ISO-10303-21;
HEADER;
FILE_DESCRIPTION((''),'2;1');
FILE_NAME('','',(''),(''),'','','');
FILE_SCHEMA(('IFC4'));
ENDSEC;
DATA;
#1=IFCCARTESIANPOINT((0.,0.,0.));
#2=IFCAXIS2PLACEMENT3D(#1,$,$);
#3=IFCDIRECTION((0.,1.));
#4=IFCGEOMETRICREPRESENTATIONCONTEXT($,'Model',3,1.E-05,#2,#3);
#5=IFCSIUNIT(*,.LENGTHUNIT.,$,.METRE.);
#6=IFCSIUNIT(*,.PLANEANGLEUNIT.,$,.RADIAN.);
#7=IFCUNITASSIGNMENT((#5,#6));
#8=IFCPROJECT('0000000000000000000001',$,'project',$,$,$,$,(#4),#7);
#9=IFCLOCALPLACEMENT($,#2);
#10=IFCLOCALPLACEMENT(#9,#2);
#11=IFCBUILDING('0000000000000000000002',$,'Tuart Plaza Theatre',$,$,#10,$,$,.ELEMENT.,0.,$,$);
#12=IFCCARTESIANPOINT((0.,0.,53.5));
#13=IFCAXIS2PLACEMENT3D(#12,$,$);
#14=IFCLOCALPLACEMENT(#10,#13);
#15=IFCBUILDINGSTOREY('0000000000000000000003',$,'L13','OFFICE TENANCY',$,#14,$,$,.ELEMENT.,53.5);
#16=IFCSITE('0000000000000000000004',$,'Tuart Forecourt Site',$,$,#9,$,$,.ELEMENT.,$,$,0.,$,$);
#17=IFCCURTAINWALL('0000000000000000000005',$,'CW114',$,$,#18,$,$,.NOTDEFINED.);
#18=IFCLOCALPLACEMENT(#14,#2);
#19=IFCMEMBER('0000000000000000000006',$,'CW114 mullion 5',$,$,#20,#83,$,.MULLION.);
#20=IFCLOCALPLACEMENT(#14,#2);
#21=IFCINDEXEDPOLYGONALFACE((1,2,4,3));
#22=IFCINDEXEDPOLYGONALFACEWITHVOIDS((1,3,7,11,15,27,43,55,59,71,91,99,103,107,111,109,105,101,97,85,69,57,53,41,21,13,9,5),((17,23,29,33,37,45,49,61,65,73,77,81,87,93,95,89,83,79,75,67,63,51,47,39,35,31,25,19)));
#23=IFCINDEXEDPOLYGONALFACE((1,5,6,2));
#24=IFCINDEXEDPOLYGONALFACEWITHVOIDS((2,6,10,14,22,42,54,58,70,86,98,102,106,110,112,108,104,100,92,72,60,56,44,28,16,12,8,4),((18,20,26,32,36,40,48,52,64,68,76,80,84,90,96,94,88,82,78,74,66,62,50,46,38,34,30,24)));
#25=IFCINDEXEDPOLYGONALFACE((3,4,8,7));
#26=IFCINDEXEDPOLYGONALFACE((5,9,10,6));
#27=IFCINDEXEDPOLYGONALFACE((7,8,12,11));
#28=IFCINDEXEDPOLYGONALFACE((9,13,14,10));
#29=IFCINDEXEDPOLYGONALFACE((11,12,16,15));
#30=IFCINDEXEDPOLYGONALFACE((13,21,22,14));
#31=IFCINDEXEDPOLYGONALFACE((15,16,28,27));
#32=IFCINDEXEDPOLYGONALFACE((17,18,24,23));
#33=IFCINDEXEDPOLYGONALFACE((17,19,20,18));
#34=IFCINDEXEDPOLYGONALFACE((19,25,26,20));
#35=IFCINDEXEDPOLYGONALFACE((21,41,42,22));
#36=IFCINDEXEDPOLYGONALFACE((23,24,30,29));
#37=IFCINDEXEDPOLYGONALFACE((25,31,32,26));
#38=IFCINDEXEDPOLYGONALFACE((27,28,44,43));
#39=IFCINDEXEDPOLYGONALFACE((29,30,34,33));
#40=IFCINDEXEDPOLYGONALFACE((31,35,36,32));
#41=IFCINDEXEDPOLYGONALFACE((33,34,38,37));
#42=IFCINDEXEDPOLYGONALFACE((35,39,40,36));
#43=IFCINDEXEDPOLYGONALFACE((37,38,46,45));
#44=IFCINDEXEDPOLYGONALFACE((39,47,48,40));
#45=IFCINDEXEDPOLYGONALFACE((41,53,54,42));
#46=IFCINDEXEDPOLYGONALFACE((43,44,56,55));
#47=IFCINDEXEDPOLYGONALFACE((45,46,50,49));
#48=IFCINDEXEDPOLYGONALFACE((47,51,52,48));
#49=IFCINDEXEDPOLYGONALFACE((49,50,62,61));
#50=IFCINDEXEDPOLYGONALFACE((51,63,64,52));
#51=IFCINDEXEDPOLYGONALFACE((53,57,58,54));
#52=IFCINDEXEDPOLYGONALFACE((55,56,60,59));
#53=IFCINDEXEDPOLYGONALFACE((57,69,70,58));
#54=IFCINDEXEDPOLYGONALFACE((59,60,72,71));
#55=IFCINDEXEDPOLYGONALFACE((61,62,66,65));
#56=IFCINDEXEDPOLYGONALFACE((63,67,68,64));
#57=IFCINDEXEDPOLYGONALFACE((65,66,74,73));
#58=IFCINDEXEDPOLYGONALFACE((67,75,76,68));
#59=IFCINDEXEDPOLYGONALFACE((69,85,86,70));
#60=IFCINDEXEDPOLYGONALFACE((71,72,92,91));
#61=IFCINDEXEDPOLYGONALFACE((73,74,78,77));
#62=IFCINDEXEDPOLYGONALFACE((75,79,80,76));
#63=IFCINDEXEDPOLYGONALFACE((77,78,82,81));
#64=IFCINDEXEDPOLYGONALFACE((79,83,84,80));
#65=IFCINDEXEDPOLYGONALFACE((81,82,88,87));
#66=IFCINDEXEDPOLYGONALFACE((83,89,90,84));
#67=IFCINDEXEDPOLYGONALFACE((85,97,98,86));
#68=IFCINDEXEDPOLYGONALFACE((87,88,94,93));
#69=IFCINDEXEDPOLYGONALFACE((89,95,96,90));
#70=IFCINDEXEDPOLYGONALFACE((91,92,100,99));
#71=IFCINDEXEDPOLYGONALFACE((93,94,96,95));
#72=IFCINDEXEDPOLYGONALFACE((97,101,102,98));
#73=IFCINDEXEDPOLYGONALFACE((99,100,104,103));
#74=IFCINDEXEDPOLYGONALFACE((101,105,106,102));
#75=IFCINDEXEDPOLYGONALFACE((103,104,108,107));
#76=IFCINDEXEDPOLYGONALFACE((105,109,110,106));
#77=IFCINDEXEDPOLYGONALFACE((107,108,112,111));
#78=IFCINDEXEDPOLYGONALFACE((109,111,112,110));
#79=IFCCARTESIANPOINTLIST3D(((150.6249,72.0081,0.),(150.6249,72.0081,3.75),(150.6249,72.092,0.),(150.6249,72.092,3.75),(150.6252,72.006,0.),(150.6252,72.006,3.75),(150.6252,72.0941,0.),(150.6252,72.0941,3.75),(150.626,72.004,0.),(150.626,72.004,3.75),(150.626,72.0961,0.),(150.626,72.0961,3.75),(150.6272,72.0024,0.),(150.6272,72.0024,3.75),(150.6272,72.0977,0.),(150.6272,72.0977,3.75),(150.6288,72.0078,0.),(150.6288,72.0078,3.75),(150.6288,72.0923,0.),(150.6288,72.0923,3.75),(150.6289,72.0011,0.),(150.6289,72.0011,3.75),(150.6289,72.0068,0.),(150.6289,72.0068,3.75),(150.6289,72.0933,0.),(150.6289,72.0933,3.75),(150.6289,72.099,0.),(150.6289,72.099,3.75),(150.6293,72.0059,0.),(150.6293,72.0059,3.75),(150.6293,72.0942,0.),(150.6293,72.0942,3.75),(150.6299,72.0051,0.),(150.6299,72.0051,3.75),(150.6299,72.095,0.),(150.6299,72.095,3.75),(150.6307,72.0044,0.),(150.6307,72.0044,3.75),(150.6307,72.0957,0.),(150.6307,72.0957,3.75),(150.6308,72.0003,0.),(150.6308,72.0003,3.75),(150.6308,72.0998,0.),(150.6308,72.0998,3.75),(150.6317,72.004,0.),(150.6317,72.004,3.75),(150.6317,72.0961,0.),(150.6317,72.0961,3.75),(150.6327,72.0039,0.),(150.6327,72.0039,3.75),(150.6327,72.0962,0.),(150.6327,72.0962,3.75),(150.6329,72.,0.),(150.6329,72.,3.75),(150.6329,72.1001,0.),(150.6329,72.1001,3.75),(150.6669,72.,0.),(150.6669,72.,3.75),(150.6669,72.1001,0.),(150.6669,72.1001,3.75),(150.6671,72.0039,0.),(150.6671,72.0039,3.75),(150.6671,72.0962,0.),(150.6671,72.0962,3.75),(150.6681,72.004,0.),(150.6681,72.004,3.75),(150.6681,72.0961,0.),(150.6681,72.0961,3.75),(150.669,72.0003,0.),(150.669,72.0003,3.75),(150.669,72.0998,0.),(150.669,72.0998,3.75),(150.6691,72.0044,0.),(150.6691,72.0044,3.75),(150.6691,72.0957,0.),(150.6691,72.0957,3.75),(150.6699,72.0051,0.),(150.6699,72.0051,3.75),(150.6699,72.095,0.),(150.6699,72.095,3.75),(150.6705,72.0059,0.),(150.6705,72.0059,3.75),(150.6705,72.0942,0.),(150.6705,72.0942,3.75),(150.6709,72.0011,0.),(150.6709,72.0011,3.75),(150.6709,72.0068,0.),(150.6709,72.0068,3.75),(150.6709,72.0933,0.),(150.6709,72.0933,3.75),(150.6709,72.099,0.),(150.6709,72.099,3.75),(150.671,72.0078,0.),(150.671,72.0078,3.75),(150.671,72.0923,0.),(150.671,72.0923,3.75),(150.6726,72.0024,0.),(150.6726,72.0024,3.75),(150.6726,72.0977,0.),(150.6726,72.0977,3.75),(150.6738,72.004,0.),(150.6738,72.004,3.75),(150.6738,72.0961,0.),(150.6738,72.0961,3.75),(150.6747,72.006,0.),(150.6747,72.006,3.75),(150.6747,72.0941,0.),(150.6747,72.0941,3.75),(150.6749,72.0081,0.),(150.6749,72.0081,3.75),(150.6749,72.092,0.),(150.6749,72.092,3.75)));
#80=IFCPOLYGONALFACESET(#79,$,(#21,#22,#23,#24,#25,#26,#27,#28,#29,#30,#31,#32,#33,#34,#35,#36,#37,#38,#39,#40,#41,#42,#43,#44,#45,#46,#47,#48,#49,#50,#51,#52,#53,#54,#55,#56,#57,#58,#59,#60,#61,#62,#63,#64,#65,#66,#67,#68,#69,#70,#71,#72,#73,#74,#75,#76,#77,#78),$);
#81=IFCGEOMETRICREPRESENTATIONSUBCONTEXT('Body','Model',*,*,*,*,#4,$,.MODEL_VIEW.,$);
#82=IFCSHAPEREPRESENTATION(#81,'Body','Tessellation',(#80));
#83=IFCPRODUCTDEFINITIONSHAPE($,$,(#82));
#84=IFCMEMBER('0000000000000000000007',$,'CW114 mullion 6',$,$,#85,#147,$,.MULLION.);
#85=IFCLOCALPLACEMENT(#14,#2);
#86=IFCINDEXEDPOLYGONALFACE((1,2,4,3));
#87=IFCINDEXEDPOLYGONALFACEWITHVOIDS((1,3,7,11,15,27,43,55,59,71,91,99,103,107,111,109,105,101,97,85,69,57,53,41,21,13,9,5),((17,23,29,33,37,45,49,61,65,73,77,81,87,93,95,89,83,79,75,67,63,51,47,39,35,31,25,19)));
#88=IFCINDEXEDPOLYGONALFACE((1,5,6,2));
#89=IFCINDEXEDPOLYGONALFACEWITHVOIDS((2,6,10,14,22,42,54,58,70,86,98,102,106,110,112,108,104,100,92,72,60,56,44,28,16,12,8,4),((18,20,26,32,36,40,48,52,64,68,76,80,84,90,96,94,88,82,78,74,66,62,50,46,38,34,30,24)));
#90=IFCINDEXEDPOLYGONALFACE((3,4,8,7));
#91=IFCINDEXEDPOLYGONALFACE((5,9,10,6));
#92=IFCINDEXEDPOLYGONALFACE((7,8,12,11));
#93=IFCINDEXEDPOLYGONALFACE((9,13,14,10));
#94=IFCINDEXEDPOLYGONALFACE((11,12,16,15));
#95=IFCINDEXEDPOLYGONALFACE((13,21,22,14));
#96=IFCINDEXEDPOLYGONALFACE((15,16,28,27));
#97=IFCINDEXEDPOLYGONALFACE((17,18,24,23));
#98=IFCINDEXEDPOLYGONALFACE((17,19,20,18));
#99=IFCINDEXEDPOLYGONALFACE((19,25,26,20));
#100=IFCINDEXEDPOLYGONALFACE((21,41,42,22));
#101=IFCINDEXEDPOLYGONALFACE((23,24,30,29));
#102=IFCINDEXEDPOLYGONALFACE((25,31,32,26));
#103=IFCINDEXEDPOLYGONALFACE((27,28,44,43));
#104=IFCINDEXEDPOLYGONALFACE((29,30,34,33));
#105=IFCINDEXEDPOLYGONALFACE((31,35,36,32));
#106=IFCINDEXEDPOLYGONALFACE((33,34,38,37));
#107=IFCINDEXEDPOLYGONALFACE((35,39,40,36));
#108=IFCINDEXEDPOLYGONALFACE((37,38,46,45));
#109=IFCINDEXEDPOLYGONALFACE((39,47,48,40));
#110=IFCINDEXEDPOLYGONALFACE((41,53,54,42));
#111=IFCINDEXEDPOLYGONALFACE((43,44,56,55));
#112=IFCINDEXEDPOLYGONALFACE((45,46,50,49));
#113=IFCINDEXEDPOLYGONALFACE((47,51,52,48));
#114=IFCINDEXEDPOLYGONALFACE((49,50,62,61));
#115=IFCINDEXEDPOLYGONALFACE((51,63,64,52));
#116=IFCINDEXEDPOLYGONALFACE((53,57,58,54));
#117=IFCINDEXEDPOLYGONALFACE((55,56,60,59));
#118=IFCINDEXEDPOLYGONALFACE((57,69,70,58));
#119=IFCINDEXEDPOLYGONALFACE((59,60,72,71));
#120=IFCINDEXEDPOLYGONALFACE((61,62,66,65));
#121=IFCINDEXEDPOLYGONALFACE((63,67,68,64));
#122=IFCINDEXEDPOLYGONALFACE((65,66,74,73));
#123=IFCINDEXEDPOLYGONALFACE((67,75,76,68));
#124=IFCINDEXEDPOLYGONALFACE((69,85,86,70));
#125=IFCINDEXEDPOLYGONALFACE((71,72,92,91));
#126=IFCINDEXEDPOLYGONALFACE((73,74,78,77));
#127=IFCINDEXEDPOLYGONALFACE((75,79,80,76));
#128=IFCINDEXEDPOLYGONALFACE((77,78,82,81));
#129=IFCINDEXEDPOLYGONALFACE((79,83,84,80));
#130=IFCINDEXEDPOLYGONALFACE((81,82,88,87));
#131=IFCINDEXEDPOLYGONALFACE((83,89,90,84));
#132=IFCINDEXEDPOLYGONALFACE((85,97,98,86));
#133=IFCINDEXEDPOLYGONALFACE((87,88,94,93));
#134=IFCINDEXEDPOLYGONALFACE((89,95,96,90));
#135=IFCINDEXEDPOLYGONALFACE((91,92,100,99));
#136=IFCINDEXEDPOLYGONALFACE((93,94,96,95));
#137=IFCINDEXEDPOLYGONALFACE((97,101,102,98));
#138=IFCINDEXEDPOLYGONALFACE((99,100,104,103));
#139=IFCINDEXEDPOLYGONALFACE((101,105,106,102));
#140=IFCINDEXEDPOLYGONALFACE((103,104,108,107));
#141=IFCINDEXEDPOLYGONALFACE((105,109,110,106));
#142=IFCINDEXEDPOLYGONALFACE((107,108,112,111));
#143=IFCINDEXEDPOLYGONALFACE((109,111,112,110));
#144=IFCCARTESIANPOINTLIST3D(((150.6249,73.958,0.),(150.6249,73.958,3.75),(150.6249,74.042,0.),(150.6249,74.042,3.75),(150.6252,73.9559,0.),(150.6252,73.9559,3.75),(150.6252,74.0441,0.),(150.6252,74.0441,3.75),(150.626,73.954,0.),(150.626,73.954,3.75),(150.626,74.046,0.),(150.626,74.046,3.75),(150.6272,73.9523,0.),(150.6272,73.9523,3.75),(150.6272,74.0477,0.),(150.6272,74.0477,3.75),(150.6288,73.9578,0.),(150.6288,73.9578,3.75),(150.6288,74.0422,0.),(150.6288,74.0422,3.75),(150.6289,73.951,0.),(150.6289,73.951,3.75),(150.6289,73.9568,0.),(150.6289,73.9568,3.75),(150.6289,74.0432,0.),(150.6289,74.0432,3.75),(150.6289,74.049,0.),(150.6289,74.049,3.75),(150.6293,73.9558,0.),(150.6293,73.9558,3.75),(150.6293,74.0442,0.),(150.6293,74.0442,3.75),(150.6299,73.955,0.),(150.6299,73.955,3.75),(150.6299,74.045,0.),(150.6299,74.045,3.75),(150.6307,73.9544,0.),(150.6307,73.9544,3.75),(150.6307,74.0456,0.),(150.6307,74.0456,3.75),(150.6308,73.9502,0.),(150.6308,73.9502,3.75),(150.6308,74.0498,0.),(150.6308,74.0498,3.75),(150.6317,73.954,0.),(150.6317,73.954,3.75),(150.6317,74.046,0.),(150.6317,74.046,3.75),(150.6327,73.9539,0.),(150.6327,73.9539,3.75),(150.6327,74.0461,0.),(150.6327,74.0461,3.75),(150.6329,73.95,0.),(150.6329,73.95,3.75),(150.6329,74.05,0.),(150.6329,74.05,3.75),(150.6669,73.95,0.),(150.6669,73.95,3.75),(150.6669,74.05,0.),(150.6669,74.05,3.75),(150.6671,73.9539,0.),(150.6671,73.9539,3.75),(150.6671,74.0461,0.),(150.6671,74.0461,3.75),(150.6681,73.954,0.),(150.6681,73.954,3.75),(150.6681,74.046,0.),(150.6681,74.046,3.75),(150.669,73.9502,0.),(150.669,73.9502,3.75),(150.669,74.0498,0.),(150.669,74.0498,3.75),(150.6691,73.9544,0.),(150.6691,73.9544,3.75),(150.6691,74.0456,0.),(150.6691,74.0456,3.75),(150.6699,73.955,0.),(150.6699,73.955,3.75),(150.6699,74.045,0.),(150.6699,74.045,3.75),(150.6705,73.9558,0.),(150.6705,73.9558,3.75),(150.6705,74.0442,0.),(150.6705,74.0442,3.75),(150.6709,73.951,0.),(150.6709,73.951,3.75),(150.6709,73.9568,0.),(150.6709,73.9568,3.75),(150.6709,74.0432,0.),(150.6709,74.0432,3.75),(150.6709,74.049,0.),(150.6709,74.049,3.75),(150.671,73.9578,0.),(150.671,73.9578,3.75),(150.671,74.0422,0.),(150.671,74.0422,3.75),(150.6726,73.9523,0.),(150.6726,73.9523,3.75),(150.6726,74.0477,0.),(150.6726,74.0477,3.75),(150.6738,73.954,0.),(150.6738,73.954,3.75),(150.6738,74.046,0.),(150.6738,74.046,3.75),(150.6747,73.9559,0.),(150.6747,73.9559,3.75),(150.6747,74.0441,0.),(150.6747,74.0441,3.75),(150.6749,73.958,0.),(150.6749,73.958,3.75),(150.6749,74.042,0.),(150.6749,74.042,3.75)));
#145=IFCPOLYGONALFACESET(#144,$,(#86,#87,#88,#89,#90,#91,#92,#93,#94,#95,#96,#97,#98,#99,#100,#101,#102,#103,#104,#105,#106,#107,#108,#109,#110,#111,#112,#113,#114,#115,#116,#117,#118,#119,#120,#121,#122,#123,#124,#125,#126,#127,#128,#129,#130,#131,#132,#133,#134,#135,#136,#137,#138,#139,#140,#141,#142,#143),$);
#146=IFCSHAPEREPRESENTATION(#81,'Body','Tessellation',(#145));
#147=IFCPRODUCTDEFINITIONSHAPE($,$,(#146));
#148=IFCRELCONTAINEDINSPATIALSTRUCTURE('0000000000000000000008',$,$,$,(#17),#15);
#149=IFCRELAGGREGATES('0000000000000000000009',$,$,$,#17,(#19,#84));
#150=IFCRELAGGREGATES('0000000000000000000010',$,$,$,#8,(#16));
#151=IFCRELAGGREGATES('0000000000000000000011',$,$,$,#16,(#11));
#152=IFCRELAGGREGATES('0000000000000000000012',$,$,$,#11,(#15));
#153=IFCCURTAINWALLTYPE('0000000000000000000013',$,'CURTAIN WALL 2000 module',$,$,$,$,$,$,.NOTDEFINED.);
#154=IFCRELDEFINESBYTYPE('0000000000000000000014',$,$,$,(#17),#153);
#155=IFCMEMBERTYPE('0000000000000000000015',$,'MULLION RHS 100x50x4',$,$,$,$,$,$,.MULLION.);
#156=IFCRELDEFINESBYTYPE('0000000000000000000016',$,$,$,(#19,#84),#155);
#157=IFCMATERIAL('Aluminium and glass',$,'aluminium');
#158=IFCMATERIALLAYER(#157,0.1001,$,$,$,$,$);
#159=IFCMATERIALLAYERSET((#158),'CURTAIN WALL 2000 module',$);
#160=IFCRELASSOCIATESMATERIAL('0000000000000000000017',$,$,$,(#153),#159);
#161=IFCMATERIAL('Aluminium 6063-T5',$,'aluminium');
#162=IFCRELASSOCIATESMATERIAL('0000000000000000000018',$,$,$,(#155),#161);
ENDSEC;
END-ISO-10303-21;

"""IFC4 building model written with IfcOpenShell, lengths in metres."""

from ifc_helpers import new_model, si_unit, direction, frame, origin, origin_2d, place, context, subcontext, project, spatial, hollow_rectangle, extrude, material, layer, layer_set, material_profile, profile_set, type_object, element, aggregate, save


model = new_model("IFC4")

# Units and contexts
model_context = context("Model", 3, precision=1e-05, world=origin(), true_north=direction((0.0, 1.0)))
body_context = subcontext(model_context, "Body", "Model", "MODEL_VIEW")
ifc_project = project(units=[si_unit("LENGTHUNIT", "METRE"), si_unit("PLANEANGLEUNIT", "RADIAN")], contexts=[model_context])

# Site, building, storey
site_placement = place(None, origin())
site = spatial("IfcSite", under=ifc_project, at=site_placement, Name="Tuart Forecourt Site", CompositionType="ELEMENT", RefElevation=0.0)
building_placement = place(site_placement, origin())
building = spatial("IfcBuilding", under=site, at=building_placement, Name="Tuart Plaza Theatre", CompositionType="ELEMENT", ElevationOfRefHeight=0.0)
storey_placement = place(building_placement, frame((0.0, 0.0, 53.5)))
storey = spatial("IfcBuildingStorey", under=building, at=storey_placement, Name="L13", Description="OFFICE TENANCY", CompositionType="ELEMENT", Elevation=53.5)

# Shared definitions
ifc_material_1 = material(Name="Aluminium and glass", Category="aluminium")
ifc_layer_1 = layer(ifc_material_1, 0.1001)
ifc_layer_set_1 = layer_set([ifc_layer_1], Name="CURTAIN WALL 2000 module")
curtain_wall_type = type_object("IfcCurtainWallType", Name="CURTAIN WALL 2000 module", PredefinedType="NOTDEFINED", material=ifc_layer_set_1)
ifc_material_2 = material(Name="Aluminium 6063-T5", Category="aluminium")
ifc_material_profile_1 = material_profile(ifc_material_2, hollow_rectangle(XDim=0.05, YDim=0.1001, WallThickness=0.0039, InnerFilletRadius=0.0039, OuterFilletRadius=0.0081, at=origin_2d()), Name="RHS 100x50x4")
ifc_profile_set_1 = profile_set([ifc_material_profile_1], Name="Aluminium 6063-T5")
member_type_1 = type_object("IfcMemberType", Name="MULLION RHS 100x50x4", PredefinedType="MULLION", material=ifc_profile_set_1)

# Curtain wall, members
curtain_wall_1_placement = place(storey_placement, origin())
curtain_wall_1 = element("IfcCurtainWall", 1, at=curtain_wall_1_placement, inside=storey, type_object=curtain_wall_type, Name="CW114", PredefinedType="NOTDEFINED")
member_1_placement = place(storey_placement, frame((150.6499, 72.05, 0.0), z_axis=(0.0, 0.0, 1.0), x_axis=(-1.0, 0.0, 0.0)))
member_1 = element("IfcMember", 2, at=member_1_placement, type_object=member_type_1, Name="CW114 mullion 5", PredefinedType="MULLION", context=body_context, shape_type="SweptSolid", body=[
    extrude(hollow_rectangle(XDim=0.05, YDim=0.1001, WallThickness=0.0039, InnerFilletRadius=0.0039, OuterFilletRadius=0.0081, at=origin_2d()), origin(), (0.0, 0.0, 1.0), 3.75),
])
member_2_placement = place(storey_placement, frame((150.6499, 74.0, 0.0), z_axis=(0.0, 0.0, 1.0), x_axis=(-1.0, 0.0, 0.0)))
member_2 = element("IfcMember", 3, at=member_2_placement, type_object=member_type_1, Name="CW114 mullion 6", PredefinedType="MULLION", context=body_context, shape_type="SweptSolid", body=[
    extrude(hollow_rectangle(XDim=0.05, YDim=0.1001, WallThickness=0.0039, InnerFilletRadius=0.0039, OuterFilletRadius=0.0081, at=origin_2d()), origin(), (0.0, 0.0, 1.0), 3.75),
])

aggregate(curtain_wall_1, [member_1, member_2])

save(model, "model.ifc")
